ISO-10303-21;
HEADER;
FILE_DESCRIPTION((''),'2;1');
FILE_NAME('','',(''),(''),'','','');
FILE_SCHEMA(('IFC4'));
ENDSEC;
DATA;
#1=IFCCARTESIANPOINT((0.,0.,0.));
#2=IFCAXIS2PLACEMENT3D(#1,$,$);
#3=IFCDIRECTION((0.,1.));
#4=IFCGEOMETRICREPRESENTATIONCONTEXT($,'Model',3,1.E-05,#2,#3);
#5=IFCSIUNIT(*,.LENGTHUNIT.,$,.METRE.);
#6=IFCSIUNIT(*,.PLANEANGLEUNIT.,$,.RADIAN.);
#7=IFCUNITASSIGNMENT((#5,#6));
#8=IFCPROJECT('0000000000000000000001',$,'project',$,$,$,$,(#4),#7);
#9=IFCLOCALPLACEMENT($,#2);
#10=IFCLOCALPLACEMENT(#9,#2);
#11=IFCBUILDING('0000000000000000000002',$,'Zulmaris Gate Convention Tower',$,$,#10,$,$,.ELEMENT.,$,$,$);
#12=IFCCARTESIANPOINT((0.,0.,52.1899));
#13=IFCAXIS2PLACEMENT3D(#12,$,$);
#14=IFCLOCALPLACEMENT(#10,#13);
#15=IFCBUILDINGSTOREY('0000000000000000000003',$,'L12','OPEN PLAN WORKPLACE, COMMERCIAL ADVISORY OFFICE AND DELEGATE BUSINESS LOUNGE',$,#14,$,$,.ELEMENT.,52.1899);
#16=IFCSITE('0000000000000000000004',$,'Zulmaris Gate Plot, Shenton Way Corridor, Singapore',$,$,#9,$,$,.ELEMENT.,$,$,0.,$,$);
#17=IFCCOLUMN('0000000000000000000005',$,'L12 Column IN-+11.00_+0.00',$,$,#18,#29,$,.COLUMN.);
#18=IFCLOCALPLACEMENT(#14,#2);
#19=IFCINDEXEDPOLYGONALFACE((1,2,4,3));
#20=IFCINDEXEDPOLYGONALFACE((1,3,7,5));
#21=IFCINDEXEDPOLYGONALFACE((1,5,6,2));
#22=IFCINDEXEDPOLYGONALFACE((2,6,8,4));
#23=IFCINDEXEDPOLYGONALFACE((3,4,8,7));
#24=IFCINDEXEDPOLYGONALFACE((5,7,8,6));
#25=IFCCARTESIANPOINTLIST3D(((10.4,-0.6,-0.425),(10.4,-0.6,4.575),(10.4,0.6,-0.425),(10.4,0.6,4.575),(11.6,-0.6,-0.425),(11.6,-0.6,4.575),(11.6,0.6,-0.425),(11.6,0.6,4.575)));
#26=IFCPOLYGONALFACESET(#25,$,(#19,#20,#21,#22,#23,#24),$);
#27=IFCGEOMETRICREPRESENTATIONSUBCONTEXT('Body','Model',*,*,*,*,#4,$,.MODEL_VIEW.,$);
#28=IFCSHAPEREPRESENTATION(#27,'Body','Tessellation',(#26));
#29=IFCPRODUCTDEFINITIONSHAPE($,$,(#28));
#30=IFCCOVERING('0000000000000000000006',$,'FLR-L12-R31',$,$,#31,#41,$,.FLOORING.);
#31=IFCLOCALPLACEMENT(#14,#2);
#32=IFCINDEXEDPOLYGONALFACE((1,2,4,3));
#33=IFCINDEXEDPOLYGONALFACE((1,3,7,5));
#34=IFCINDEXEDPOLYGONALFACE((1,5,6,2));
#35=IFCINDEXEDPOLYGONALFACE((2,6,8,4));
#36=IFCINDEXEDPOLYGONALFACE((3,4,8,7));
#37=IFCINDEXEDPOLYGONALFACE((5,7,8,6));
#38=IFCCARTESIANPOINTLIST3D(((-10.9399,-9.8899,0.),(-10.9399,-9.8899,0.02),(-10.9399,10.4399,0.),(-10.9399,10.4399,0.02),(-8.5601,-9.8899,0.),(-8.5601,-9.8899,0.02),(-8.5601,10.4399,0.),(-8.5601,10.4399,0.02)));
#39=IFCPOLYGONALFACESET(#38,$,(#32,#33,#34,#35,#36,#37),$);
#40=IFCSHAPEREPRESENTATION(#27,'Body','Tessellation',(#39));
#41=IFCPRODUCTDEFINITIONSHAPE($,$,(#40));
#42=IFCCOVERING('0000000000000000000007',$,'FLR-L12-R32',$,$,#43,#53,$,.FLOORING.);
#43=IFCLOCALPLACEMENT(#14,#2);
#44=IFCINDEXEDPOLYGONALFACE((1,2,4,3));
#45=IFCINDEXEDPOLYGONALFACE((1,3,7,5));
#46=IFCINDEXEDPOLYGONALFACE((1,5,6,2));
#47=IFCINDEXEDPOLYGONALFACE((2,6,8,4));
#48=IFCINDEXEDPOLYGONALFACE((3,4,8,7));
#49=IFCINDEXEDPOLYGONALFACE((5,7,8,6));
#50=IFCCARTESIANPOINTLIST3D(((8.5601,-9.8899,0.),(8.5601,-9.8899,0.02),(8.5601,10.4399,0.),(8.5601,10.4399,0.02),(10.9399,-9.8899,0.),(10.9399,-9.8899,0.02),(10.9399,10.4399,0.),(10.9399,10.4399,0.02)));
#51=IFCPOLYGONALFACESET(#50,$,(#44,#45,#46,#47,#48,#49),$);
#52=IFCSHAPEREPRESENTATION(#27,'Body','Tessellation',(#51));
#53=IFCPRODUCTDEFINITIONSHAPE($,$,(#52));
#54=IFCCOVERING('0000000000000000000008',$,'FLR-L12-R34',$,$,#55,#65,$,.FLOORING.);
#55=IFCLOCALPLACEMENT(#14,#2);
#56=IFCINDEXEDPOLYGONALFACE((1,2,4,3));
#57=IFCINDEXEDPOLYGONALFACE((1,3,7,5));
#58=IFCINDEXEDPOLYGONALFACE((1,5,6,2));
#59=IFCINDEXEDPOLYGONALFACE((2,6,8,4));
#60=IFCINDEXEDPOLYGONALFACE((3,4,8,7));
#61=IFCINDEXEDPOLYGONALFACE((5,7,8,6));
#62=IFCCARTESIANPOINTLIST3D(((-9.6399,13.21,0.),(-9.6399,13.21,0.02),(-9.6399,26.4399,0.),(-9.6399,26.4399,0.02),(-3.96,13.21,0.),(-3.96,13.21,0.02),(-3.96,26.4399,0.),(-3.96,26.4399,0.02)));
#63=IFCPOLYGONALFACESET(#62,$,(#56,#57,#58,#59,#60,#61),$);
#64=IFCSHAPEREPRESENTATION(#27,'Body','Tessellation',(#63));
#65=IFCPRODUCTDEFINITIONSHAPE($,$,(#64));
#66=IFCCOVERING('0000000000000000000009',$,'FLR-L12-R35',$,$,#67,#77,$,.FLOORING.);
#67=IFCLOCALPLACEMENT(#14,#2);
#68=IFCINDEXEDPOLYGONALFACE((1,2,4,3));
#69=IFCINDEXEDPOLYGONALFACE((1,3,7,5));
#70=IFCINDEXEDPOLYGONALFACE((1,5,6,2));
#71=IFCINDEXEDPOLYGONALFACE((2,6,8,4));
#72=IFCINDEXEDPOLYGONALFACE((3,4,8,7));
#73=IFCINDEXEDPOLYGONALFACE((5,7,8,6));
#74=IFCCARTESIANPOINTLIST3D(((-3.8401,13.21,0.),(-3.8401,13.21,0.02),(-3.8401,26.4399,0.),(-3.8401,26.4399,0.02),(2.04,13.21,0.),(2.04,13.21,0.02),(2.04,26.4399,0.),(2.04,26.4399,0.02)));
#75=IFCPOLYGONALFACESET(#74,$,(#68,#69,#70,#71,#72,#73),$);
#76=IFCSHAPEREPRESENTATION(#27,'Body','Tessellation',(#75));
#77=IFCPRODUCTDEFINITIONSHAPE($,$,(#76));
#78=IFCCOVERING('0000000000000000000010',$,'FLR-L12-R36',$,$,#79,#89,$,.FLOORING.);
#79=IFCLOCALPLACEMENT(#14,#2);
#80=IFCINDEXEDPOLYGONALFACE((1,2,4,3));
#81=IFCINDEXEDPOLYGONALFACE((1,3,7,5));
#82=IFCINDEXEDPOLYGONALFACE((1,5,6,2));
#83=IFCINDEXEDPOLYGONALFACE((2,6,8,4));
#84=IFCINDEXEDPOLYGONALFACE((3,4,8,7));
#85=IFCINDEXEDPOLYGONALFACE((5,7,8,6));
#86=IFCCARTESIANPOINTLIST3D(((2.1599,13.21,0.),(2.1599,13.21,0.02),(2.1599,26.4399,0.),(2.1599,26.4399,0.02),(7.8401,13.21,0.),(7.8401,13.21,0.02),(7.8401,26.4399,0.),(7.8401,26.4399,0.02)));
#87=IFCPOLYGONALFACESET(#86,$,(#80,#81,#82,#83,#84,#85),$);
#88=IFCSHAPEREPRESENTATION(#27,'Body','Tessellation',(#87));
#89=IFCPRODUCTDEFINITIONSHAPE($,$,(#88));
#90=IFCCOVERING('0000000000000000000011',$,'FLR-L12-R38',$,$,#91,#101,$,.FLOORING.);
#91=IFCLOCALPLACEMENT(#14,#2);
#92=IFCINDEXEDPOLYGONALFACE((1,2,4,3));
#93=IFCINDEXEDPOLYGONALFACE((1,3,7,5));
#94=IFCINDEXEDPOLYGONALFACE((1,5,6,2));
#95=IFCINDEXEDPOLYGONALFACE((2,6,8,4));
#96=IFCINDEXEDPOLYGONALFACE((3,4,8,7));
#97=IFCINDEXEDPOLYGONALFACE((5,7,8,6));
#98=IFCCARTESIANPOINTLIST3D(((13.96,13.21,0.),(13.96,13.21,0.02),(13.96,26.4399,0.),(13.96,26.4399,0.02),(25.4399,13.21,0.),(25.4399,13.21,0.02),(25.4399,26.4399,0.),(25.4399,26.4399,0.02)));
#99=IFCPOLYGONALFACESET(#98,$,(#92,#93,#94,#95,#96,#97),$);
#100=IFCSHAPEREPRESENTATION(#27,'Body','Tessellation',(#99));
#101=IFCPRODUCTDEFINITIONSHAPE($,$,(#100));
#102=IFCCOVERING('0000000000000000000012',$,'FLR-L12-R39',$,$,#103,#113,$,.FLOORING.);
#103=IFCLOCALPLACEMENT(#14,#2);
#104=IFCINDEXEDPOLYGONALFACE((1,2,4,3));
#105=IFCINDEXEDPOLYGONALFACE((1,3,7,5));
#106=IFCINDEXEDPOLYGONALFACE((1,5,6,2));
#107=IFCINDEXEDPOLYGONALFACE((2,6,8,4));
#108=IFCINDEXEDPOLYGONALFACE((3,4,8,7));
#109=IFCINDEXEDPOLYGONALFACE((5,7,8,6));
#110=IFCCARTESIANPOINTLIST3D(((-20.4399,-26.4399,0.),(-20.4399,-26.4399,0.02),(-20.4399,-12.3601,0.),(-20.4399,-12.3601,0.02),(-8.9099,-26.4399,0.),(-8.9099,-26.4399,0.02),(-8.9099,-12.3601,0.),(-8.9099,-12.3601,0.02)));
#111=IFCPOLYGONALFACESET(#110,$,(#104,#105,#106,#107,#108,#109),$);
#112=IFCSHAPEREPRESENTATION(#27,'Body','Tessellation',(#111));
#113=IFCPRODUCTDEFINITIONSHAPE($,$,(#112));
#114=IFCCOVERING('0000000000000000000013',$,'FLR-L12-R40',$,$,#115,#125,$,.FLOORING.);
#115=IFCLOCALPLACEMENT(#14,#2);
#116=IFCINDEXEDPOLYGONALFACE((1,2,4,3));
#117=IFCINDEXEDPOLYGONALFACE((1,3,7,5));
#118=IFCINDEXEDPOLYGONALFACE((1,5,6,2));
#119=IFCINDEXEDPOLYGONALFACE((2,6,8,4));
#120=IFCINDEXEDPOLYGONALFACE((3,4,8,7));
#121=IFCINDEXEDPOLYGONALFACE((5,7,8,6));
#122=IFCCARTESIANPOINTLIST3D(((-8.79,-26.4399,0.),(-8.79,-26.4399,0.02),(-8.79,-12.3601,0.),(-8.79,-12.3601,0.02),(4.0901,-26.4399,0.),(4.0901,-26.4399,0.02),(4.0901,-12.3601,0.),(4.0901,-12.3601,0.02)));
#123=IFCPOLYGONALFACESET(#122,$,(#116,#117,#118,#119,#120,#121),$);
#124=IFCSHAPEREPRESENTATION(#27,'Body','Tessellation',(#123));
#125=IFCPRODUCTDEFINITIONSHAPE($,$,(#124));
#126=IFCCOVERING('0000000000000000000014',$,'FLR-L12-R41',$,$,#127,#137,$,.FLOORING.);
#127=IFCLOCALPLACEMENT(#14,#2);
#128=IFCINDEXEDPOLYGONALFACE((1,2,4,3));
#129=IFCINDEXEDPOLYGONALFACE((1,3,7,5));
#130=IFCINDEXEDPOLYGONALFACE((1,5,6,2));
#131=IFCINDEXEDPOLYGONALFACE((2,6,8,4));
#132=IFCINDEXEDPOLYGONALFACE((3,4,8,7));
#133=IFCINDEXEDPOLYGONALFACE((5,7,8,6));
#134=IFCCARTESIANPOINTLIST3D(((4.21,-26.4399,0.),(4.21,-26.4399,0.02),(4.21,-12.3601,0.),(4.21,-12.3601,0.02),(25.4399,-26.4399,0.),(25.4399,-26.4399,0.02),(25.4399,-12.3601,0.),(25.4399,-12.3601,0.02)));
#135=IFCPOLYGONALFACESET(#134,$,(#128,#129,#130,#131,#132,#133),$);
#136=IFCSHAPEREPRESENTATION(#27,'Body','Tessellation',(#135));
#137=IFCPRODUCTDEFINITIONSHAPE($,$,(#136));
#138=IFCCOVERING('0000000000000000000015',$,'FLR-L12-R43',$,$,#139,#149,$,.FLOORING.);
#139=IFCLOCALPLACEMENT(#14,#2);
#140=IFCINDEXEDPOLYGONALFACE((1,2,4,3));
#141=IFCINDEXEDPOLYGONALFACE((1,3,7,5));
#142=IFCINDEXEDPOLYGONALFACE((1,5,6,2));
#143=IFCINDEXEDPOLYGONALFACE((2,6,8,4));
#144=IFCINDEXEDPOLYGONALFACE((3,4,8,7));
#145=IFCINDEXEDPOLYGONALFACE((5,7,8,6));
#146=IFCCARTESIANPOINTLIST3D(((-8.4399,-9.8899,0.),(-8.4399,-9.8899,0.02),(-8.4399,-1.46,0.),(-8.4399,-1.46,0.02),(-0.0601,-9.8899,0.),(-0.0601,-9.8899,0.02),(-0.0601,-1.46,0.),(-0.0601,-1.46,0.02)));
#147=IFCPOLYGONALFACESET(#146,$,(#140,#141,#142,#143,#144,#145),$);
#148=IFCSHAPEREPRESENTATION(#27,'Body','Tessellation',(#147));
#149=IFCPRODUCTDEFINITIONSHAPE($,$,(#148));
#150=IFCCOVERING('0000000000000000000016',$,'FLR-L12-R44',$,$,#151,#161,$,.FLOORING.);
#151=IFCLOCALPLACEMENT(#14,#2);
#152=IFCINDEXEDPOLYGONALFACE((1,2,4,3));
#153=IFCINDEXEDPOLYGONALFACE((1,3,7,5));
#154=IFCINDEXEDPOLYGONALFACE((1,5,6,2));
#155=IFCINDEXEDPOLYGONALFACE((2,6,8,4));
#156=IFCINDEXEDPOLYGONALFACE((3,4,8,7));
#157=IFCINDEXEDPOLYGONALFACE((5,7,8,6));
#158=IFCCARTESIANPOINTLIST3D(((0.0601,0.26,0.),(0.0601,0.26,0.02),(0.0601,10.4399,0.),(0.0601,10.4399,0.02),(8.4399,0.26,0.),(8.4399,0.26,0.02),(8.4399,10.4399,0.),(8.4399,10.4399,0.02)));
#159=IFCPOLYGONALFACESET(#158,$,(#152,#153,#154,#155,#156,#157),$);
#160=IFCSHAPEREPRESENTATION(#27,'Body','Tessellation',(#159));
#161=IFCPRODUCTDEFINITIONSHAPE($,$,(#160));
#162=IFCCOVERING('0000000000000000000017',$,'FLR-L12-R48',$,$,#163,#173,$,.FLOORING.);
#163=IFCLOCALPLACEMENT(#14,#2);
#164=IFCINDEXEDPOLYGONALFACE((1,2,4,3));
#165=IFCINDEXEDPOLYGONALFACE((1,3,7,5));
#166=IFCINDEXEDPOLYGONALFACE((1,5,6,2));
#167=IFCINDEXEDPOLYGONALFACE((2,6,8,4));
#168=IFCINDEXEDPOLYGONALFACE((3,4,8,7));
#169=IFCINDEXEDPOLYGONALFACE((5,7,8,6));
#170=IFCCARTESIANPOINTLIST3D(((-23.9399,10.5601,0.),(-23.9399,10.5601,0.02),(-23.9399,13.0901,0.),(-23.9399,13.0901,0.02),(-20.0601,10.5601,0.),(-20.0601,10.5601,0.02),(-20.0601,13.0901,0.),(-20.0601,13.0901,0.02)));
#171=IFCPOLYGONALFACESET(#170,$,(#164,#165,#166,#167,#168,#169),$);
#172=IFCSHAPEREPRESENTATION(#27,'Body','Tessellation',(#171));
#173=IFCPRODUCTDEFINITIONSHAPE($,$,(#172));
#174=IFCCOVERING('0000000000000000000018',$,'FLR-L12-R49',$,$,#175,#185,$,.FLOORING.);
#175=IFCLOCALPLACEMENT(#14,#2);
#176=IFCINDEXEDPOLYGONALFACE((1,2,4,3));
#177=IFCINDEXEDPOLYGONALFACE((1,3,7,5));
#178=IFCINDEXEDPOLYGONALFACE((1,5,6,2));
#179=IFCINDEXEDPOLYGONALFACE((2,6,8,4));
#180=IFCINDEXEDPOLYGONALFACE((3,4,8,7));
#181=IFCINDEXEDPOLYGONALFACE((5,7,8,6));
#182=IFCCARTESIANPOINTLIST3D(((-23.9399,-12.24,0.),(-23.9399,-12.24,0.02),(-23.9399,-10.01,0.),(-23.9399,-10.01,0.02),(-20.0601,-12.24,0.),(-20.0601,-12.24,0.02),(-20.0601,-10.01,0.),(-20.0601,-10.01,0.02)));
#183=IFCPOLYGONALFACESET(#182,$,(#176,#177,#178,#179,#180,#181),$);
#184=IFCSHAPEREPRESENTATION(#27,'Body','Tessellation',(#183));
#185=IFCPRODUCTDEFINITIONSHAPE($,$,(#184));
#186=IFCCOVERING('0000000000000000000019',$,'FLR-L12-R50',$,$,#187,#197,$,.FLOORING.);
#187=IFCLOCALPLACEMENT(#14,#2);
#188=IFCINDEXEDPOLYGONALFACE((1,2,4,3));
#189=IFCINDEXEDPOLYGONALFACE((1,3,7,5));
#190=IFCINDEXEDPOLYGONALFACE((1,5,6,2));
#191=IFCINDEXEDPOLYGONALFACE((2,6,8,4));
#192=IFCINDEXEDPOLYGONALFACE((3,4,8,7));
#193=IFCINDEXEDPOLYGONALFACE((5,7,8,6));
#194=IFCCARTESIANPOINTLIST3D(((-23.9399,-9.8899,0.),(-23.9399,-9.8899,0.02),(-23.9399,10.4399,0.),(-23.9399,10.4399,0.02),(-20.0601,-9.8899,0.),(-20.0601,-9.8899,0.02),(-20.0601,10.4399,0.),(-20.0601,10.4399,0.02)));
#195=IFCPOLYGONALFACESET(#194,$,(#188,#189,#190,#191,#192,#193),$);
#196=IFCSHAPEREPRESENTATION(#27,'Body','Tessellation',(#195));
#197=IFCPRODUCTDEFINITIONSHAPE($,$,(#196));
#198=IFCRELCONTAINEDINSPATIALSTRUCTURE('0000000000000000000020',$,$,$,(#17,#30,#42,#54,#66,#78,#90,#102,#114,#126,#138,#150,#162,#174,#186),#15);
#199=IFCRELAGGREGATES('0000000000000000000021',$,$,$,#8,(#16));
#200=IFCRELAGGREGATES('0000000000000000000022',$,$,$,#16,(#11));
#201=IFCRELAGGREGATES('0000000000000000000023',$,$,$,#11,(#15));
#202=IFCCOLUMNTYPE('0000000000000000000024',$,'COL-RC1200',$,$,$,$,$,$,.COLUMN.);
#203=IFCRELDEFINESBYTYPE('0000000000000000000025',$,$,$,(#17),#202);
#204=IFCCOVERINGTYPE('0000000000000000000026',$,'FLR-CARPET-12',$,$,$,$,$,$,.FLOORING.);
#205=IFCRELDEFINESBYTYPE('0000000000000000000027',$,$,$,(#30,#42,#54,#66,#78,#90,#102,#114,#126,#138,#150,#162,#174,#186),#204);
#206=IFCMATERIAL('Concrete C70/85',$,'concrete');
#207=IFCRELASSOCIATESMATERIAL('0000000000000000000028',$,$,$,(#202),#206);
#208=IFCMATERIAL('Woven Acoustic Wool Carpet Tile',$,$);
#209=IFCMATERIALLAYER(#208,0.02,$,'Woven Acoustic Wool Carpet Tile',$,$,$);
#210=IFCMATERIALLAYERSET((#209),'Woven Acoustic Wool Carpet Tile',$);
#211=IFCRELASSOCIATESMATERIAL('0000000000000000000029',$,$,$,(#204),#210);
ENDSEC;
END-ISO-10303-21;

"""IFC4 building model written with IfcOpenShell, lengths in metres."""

from ifc_helpers import new_model, si_unit, direction, frame, origin, origin_2d, place, context, subcontext, project, spatial, polyline, rectangle, outline, extrude, material, layer, layer_set, material_profile, profile_set, type_object, element, save


model = new_model("IFC4")

# Units and contexts
model_context = context("Model", 3, precision=1e-05, world=origin(), true_north=direction((0.0, 1.0)))
body_context = subcontext(model_context, "Body", "Model", "MODEL_VIEW")
ifc_project = project(units=[si_unit("LENGTHUNIT", "METRE"), si_unit("PLANEANGLEUNIT", "RADIAN")], contexts=[model_context])

# Site, building, storey
site_placement = place(None, origin())
site = spatial("IfcSite", under=ifc_project, at=site_placement, Name="Zulmaris Gate Plot, Shenton Way Corridor, Singapore", CompositionType="ELEMENT", RefElevation=0.0)
building_placement = place(site_placement, origin())
building = spatial("IfcBuilding", under=site, at=building_placement, Name="Zulmaris Gate Convention Tower", CompositionType="ELEMENT")
storey_placement = place(building_placement, frame((0.0, 0.0, 52.1899)))
storey = spatial("IfcBuildingStorey", under=building, at=storey_placement, Name="L12", Description="OPEN PLAN WORKPLACE, COMMERCIAL ADVISORY OFFICE AND DELEGATE BUSINESS LOUNGE", CompositionType="ELEMENT", Elevation=52.1899)

# Column
ifc_material_1 = material(Name="Concrete C70/85", Category="concrete")
ifc_material_profile = material_profile(ifc_material_1, rectangle(XDim=1.2, YDim=1.2, at=origin_2d()), Name="RC COL 1200x1200")
ifc_profile_set = profile_set([ifc_material_profile], Name="Concrete C70/85")
column_type = type_object("IfcColumnType", Name="COL-RC1200", PredefinedType="COLUMN", material=ifc_profile_set)
column_placement = place(storey_placement, frame((11.0, 0.0, -0.425), z_axis=(0.0, 0.0, 1.0), x_axis=(1.0, 0.0, 0.0)))
element("IfcColumn", 1, at=column_placement, inside=storey, type_object=column_type, Name="L12 Column IN-+11.00_+0.00", PredefinedType="COLUMN", context=body_context, shape_type="SweptSolid", body=[
    extrude(rectangle(XDim=1.2, YDim=1.2, at=origin_2d()), origin(), (0.0, 0.0, 1.0), 5.0),
])

# Coverings
ifc_material_2 = material(Name="Woven Acoustic Wool Carpet Tile")
ifc_layer_1 = layer(ifc_material_2, 0.02, Name="Woven Acoustic Wool Carpet Tile")
ifc_layer_set_1 = layer_set([ifc_layer_1], Name="Woven Acoustic Wool Carpet Tile")
covering_type_1 = type_object("IfcCoveringType", Name="FLR-CARPET-12", PredefinedType="FLOORING", material=ifc_layer_set_1)
covering_1_placement = place(storey_placement, origin())
element("IfcCovering", 2, at=covering_1_placement, inside=storey, type_object=covering_type_1, Name="FLR-L12-R31", PredefinedType="FLOORING", context=body_context, shape_type="SweptSolid", body=[
    extrude(outline(polyline([(-10.9399, -9.8899), (-8.5601, -9.8899), (-8.5601, 10.4399), (-10.9399, 10.4399), (-10.9399, -9.8899)])), origin(), (0.0, 0.0, 1.0), 0.02),
])
covering_2_placement = place(storey_placement, origin())
element("IfcCovering", 3, at=covering_2_placement, inside=storey, type_object=covering_type_1, Name="FLR-L12-R32", PredefinedType="FLOORING", context=body_context, shape_type="SweptSolid", body=[
    extrude(outline(polyline([(8.5601, -9.8899), (10.9399, -9.8899), (10.9399, 10.4399), (8.5601, 10.4399), (8.5601, -9.8899)])), origin(), (0.0, 0.0, 1.0), 0.02),
])
covering_3_placement = place(storey_placement, origin())
element("IfcCovering", 4, at=covering_3_placement, inside=storey, type_object=covering_type_1, Name="FLR-L12-R34", PredefinedType="FLOORING", context=body_context, shape_type="SweptSolid", body=[
    extrude(outline(polyline([(-9.6399, 13.21), (-3.96, 13.21), (-3.96, 26.4399), (-9.6399, 26.4399), (-9.6399, 13.21)])), origin(), (0.0, 0.0, 1.0), 0.02),
])
covering_4_placement = place(storey_placement, origin())
element("IfcCovering", 5, at=covering_4_placement, inside=storey, type_object=covering_type_1, Name="FLR-L12-R35", PredefinedType="FLOORING", context=body_context, shape_type="SweptSolid", body=[
    extrude(outline(polyline([(-3.8401, 13.21), (2.04, 13.21), (2.04, 26.4399), (-3.8401, 26.4399), (-3.8401, 13.21)])), origin(), (0.0, 0.0, 1.0), 0.02),
])
covering_5_placement = place(storey_placement, origin())
element("IfcCovering", 6, at=covering_5_placement, inside=storey, type_object=covering_type_1, Name="FLR-L12-R36", PredefinedType="FLOORING", context=body_context, shape_type="SweptSolid", body=[
    extrude(outline(polyline([(2.1599, 13.21), (7.8401, 13.21), (7.8401, 26.4399), (2.1599, 26.4399), (2.1599, 13.21)])), origin(), (0.0, 0.0, 1.0), 0.02),
])
covering_6_placement = place(storey_placement, origin())
element("IfcCovering", 7, at=covering_6_placement, inside=storey, type_object=covering_type_1, Name="FLR-L12-R38", PredefinedType="FLOORING", context=body_context, shape_type="SweptSolid", body=[
    extrude(outline(polyline([(13.96, 13.21), (25.4399, 13.21), (25.4399, 26.4399), (13.96, 26.4399), (13.96, 13.21)])), origin(), (0.0, 0.0, 1.0), 0.02),
])
covering_7_placement = place(storey_placement, origin())
element("IfcCovering", 8, at=covering_7_placement, inside=storey, type_object=covering_type_1, Name="FLR-L12-R39", PredefinedType="FLOORING", context=body_context, shape_type="SweptSolid", body=[
    extrude(outline(polyline([(-20.4399, -26.4399), (-8.9099, -26.4399), (-8.9099, -12.3601), (-20.4399, -12.3601), (-20.4399, -26.4399)])), origin(), (0.0, 0.0, 1.0), 0.02),
])
covering_8_placement = place(storey_placement, origin())
element("IfcCovering", 9, at=covering_8_placement, inside=storey, type_object=covering_type_1, Name="FLR-L12-R40", PredefinedType="FLOORING", context=body_context, shape_type="SweptSolid", body=[
    extrude(outline(polyline([(-8.79, -26.4399), (4.0901, -26.4399), (4.0901, -12.3601), (-8.79, -12.3601), (-8.79, -26.4399)])), origin(), (0.0, 0.0, 1.0), 0.02),
])
covering_9_placement = place(storey_placement, origin())
element("IfcCovering", 10, at=covering_9_placement, inside=storey, type_object=covering_type_1, Name="FLR-L12-R41", PredefinedType="FLOORING", context=body_context, shape_type="SweptSolid", body=[
    extrude(outline(polyline([(4.21, -26.4399), (25.4399, -26.4399), (25.4399, -12.3601), (4.21, -12.3601), (4.21, -26.4399)])), origin(), (0.0, 0.0, 1.0), 0.02),
])
covering_10_placement = place(storey_placement, origin())
element("IfcCovering", 11, at=covering_10_placement, inside=storey, type_object=covering_type_1, Name="FLR-L12-R43", PredefinedType="FLOORING", context=body_context, shape_type="SweptSolid", body=[
    extrude(outline(polyline([(-8.4399, -9.8899), (-0.0601, -9.8899), (-0.0601, -1.46), (-8.4399, -1.46), (-8.4399, -9.8899)])), origin(), (0.0, 0.0, 1.0), 0.02),
])
covering_11_placement = place(storey_placement, origin())
element("IfcCovering", 12, at=covering_11_placement, inside=storey, type_object=covering_type_1, Name="FLR-L12-R44", PredefinedType="FLOORING", context=body_context, shape_type="SweptSolid", body=[
    extrude(outline(polyline([(0.0601, 0.26), (8.4399, 0.26), (8.4399, 10.4399), (0.0601, 10.4399), (0.0601, 0.26)])), origin(), (0.0, 0.0, 1.0), 0.02),
])
covering_12_placement = place(storey_placement, origin())
element("IfcCovering", 13, at=covering_12_placement, inside=storey, type_object=covering_type_1, Name="FLR-L12-R48", PredefinedType="FLOORING", context=body_context, shape_type="SweptSolid", body=[
    extrude(outline(polyline([(-23.9399, 10.5601), (-20.0601, 10.5601), (-20.0601, 13.0901), (-23.9399, 13.0901), (-23.9399, 10.5601)])), origin(), (0.0, 0.0, 1.0), 0.02),
])
covering_13_placement = place(storey_placement, origin())
element("IfcCovering", 14, at=covering_13_placement, inside=storey, type_object=covering_type_1, Name="FLR-L12-R49", PredefinedType="FLOORING", context=body_context, shape_type="SweptSolid", body=[
    extrude(outline(polyline([(-23.9399, -12.24), (-20.0601, -12.24), (-20.0601, -10.01), (-23.9399, -10.01), (-23.9399, -12.24)])), origin(), (0.0, 0.0, 1.0), 0.02),
])
covering_14_placement = place(storey_placement, origin())
element("IfcCovering", 15, at=covering_14_placement, inside=storey, type_object=covering_type_1, Name="FLR-L12-R50", PredefinedType="FLOORING", context=body_context, shape_type="SweptSolid", body=[
    extrude(outline(polyline([(-23.9399, -9.8899), (-20.0601, -9.8899), (-20.0601, 10.4399), (-23.9399, 10.4399), (-23.9399, -9.8899)])), origin(), (0.0, 0.0, 1.0), 0.02),
])

save(model, "model.ifc")
